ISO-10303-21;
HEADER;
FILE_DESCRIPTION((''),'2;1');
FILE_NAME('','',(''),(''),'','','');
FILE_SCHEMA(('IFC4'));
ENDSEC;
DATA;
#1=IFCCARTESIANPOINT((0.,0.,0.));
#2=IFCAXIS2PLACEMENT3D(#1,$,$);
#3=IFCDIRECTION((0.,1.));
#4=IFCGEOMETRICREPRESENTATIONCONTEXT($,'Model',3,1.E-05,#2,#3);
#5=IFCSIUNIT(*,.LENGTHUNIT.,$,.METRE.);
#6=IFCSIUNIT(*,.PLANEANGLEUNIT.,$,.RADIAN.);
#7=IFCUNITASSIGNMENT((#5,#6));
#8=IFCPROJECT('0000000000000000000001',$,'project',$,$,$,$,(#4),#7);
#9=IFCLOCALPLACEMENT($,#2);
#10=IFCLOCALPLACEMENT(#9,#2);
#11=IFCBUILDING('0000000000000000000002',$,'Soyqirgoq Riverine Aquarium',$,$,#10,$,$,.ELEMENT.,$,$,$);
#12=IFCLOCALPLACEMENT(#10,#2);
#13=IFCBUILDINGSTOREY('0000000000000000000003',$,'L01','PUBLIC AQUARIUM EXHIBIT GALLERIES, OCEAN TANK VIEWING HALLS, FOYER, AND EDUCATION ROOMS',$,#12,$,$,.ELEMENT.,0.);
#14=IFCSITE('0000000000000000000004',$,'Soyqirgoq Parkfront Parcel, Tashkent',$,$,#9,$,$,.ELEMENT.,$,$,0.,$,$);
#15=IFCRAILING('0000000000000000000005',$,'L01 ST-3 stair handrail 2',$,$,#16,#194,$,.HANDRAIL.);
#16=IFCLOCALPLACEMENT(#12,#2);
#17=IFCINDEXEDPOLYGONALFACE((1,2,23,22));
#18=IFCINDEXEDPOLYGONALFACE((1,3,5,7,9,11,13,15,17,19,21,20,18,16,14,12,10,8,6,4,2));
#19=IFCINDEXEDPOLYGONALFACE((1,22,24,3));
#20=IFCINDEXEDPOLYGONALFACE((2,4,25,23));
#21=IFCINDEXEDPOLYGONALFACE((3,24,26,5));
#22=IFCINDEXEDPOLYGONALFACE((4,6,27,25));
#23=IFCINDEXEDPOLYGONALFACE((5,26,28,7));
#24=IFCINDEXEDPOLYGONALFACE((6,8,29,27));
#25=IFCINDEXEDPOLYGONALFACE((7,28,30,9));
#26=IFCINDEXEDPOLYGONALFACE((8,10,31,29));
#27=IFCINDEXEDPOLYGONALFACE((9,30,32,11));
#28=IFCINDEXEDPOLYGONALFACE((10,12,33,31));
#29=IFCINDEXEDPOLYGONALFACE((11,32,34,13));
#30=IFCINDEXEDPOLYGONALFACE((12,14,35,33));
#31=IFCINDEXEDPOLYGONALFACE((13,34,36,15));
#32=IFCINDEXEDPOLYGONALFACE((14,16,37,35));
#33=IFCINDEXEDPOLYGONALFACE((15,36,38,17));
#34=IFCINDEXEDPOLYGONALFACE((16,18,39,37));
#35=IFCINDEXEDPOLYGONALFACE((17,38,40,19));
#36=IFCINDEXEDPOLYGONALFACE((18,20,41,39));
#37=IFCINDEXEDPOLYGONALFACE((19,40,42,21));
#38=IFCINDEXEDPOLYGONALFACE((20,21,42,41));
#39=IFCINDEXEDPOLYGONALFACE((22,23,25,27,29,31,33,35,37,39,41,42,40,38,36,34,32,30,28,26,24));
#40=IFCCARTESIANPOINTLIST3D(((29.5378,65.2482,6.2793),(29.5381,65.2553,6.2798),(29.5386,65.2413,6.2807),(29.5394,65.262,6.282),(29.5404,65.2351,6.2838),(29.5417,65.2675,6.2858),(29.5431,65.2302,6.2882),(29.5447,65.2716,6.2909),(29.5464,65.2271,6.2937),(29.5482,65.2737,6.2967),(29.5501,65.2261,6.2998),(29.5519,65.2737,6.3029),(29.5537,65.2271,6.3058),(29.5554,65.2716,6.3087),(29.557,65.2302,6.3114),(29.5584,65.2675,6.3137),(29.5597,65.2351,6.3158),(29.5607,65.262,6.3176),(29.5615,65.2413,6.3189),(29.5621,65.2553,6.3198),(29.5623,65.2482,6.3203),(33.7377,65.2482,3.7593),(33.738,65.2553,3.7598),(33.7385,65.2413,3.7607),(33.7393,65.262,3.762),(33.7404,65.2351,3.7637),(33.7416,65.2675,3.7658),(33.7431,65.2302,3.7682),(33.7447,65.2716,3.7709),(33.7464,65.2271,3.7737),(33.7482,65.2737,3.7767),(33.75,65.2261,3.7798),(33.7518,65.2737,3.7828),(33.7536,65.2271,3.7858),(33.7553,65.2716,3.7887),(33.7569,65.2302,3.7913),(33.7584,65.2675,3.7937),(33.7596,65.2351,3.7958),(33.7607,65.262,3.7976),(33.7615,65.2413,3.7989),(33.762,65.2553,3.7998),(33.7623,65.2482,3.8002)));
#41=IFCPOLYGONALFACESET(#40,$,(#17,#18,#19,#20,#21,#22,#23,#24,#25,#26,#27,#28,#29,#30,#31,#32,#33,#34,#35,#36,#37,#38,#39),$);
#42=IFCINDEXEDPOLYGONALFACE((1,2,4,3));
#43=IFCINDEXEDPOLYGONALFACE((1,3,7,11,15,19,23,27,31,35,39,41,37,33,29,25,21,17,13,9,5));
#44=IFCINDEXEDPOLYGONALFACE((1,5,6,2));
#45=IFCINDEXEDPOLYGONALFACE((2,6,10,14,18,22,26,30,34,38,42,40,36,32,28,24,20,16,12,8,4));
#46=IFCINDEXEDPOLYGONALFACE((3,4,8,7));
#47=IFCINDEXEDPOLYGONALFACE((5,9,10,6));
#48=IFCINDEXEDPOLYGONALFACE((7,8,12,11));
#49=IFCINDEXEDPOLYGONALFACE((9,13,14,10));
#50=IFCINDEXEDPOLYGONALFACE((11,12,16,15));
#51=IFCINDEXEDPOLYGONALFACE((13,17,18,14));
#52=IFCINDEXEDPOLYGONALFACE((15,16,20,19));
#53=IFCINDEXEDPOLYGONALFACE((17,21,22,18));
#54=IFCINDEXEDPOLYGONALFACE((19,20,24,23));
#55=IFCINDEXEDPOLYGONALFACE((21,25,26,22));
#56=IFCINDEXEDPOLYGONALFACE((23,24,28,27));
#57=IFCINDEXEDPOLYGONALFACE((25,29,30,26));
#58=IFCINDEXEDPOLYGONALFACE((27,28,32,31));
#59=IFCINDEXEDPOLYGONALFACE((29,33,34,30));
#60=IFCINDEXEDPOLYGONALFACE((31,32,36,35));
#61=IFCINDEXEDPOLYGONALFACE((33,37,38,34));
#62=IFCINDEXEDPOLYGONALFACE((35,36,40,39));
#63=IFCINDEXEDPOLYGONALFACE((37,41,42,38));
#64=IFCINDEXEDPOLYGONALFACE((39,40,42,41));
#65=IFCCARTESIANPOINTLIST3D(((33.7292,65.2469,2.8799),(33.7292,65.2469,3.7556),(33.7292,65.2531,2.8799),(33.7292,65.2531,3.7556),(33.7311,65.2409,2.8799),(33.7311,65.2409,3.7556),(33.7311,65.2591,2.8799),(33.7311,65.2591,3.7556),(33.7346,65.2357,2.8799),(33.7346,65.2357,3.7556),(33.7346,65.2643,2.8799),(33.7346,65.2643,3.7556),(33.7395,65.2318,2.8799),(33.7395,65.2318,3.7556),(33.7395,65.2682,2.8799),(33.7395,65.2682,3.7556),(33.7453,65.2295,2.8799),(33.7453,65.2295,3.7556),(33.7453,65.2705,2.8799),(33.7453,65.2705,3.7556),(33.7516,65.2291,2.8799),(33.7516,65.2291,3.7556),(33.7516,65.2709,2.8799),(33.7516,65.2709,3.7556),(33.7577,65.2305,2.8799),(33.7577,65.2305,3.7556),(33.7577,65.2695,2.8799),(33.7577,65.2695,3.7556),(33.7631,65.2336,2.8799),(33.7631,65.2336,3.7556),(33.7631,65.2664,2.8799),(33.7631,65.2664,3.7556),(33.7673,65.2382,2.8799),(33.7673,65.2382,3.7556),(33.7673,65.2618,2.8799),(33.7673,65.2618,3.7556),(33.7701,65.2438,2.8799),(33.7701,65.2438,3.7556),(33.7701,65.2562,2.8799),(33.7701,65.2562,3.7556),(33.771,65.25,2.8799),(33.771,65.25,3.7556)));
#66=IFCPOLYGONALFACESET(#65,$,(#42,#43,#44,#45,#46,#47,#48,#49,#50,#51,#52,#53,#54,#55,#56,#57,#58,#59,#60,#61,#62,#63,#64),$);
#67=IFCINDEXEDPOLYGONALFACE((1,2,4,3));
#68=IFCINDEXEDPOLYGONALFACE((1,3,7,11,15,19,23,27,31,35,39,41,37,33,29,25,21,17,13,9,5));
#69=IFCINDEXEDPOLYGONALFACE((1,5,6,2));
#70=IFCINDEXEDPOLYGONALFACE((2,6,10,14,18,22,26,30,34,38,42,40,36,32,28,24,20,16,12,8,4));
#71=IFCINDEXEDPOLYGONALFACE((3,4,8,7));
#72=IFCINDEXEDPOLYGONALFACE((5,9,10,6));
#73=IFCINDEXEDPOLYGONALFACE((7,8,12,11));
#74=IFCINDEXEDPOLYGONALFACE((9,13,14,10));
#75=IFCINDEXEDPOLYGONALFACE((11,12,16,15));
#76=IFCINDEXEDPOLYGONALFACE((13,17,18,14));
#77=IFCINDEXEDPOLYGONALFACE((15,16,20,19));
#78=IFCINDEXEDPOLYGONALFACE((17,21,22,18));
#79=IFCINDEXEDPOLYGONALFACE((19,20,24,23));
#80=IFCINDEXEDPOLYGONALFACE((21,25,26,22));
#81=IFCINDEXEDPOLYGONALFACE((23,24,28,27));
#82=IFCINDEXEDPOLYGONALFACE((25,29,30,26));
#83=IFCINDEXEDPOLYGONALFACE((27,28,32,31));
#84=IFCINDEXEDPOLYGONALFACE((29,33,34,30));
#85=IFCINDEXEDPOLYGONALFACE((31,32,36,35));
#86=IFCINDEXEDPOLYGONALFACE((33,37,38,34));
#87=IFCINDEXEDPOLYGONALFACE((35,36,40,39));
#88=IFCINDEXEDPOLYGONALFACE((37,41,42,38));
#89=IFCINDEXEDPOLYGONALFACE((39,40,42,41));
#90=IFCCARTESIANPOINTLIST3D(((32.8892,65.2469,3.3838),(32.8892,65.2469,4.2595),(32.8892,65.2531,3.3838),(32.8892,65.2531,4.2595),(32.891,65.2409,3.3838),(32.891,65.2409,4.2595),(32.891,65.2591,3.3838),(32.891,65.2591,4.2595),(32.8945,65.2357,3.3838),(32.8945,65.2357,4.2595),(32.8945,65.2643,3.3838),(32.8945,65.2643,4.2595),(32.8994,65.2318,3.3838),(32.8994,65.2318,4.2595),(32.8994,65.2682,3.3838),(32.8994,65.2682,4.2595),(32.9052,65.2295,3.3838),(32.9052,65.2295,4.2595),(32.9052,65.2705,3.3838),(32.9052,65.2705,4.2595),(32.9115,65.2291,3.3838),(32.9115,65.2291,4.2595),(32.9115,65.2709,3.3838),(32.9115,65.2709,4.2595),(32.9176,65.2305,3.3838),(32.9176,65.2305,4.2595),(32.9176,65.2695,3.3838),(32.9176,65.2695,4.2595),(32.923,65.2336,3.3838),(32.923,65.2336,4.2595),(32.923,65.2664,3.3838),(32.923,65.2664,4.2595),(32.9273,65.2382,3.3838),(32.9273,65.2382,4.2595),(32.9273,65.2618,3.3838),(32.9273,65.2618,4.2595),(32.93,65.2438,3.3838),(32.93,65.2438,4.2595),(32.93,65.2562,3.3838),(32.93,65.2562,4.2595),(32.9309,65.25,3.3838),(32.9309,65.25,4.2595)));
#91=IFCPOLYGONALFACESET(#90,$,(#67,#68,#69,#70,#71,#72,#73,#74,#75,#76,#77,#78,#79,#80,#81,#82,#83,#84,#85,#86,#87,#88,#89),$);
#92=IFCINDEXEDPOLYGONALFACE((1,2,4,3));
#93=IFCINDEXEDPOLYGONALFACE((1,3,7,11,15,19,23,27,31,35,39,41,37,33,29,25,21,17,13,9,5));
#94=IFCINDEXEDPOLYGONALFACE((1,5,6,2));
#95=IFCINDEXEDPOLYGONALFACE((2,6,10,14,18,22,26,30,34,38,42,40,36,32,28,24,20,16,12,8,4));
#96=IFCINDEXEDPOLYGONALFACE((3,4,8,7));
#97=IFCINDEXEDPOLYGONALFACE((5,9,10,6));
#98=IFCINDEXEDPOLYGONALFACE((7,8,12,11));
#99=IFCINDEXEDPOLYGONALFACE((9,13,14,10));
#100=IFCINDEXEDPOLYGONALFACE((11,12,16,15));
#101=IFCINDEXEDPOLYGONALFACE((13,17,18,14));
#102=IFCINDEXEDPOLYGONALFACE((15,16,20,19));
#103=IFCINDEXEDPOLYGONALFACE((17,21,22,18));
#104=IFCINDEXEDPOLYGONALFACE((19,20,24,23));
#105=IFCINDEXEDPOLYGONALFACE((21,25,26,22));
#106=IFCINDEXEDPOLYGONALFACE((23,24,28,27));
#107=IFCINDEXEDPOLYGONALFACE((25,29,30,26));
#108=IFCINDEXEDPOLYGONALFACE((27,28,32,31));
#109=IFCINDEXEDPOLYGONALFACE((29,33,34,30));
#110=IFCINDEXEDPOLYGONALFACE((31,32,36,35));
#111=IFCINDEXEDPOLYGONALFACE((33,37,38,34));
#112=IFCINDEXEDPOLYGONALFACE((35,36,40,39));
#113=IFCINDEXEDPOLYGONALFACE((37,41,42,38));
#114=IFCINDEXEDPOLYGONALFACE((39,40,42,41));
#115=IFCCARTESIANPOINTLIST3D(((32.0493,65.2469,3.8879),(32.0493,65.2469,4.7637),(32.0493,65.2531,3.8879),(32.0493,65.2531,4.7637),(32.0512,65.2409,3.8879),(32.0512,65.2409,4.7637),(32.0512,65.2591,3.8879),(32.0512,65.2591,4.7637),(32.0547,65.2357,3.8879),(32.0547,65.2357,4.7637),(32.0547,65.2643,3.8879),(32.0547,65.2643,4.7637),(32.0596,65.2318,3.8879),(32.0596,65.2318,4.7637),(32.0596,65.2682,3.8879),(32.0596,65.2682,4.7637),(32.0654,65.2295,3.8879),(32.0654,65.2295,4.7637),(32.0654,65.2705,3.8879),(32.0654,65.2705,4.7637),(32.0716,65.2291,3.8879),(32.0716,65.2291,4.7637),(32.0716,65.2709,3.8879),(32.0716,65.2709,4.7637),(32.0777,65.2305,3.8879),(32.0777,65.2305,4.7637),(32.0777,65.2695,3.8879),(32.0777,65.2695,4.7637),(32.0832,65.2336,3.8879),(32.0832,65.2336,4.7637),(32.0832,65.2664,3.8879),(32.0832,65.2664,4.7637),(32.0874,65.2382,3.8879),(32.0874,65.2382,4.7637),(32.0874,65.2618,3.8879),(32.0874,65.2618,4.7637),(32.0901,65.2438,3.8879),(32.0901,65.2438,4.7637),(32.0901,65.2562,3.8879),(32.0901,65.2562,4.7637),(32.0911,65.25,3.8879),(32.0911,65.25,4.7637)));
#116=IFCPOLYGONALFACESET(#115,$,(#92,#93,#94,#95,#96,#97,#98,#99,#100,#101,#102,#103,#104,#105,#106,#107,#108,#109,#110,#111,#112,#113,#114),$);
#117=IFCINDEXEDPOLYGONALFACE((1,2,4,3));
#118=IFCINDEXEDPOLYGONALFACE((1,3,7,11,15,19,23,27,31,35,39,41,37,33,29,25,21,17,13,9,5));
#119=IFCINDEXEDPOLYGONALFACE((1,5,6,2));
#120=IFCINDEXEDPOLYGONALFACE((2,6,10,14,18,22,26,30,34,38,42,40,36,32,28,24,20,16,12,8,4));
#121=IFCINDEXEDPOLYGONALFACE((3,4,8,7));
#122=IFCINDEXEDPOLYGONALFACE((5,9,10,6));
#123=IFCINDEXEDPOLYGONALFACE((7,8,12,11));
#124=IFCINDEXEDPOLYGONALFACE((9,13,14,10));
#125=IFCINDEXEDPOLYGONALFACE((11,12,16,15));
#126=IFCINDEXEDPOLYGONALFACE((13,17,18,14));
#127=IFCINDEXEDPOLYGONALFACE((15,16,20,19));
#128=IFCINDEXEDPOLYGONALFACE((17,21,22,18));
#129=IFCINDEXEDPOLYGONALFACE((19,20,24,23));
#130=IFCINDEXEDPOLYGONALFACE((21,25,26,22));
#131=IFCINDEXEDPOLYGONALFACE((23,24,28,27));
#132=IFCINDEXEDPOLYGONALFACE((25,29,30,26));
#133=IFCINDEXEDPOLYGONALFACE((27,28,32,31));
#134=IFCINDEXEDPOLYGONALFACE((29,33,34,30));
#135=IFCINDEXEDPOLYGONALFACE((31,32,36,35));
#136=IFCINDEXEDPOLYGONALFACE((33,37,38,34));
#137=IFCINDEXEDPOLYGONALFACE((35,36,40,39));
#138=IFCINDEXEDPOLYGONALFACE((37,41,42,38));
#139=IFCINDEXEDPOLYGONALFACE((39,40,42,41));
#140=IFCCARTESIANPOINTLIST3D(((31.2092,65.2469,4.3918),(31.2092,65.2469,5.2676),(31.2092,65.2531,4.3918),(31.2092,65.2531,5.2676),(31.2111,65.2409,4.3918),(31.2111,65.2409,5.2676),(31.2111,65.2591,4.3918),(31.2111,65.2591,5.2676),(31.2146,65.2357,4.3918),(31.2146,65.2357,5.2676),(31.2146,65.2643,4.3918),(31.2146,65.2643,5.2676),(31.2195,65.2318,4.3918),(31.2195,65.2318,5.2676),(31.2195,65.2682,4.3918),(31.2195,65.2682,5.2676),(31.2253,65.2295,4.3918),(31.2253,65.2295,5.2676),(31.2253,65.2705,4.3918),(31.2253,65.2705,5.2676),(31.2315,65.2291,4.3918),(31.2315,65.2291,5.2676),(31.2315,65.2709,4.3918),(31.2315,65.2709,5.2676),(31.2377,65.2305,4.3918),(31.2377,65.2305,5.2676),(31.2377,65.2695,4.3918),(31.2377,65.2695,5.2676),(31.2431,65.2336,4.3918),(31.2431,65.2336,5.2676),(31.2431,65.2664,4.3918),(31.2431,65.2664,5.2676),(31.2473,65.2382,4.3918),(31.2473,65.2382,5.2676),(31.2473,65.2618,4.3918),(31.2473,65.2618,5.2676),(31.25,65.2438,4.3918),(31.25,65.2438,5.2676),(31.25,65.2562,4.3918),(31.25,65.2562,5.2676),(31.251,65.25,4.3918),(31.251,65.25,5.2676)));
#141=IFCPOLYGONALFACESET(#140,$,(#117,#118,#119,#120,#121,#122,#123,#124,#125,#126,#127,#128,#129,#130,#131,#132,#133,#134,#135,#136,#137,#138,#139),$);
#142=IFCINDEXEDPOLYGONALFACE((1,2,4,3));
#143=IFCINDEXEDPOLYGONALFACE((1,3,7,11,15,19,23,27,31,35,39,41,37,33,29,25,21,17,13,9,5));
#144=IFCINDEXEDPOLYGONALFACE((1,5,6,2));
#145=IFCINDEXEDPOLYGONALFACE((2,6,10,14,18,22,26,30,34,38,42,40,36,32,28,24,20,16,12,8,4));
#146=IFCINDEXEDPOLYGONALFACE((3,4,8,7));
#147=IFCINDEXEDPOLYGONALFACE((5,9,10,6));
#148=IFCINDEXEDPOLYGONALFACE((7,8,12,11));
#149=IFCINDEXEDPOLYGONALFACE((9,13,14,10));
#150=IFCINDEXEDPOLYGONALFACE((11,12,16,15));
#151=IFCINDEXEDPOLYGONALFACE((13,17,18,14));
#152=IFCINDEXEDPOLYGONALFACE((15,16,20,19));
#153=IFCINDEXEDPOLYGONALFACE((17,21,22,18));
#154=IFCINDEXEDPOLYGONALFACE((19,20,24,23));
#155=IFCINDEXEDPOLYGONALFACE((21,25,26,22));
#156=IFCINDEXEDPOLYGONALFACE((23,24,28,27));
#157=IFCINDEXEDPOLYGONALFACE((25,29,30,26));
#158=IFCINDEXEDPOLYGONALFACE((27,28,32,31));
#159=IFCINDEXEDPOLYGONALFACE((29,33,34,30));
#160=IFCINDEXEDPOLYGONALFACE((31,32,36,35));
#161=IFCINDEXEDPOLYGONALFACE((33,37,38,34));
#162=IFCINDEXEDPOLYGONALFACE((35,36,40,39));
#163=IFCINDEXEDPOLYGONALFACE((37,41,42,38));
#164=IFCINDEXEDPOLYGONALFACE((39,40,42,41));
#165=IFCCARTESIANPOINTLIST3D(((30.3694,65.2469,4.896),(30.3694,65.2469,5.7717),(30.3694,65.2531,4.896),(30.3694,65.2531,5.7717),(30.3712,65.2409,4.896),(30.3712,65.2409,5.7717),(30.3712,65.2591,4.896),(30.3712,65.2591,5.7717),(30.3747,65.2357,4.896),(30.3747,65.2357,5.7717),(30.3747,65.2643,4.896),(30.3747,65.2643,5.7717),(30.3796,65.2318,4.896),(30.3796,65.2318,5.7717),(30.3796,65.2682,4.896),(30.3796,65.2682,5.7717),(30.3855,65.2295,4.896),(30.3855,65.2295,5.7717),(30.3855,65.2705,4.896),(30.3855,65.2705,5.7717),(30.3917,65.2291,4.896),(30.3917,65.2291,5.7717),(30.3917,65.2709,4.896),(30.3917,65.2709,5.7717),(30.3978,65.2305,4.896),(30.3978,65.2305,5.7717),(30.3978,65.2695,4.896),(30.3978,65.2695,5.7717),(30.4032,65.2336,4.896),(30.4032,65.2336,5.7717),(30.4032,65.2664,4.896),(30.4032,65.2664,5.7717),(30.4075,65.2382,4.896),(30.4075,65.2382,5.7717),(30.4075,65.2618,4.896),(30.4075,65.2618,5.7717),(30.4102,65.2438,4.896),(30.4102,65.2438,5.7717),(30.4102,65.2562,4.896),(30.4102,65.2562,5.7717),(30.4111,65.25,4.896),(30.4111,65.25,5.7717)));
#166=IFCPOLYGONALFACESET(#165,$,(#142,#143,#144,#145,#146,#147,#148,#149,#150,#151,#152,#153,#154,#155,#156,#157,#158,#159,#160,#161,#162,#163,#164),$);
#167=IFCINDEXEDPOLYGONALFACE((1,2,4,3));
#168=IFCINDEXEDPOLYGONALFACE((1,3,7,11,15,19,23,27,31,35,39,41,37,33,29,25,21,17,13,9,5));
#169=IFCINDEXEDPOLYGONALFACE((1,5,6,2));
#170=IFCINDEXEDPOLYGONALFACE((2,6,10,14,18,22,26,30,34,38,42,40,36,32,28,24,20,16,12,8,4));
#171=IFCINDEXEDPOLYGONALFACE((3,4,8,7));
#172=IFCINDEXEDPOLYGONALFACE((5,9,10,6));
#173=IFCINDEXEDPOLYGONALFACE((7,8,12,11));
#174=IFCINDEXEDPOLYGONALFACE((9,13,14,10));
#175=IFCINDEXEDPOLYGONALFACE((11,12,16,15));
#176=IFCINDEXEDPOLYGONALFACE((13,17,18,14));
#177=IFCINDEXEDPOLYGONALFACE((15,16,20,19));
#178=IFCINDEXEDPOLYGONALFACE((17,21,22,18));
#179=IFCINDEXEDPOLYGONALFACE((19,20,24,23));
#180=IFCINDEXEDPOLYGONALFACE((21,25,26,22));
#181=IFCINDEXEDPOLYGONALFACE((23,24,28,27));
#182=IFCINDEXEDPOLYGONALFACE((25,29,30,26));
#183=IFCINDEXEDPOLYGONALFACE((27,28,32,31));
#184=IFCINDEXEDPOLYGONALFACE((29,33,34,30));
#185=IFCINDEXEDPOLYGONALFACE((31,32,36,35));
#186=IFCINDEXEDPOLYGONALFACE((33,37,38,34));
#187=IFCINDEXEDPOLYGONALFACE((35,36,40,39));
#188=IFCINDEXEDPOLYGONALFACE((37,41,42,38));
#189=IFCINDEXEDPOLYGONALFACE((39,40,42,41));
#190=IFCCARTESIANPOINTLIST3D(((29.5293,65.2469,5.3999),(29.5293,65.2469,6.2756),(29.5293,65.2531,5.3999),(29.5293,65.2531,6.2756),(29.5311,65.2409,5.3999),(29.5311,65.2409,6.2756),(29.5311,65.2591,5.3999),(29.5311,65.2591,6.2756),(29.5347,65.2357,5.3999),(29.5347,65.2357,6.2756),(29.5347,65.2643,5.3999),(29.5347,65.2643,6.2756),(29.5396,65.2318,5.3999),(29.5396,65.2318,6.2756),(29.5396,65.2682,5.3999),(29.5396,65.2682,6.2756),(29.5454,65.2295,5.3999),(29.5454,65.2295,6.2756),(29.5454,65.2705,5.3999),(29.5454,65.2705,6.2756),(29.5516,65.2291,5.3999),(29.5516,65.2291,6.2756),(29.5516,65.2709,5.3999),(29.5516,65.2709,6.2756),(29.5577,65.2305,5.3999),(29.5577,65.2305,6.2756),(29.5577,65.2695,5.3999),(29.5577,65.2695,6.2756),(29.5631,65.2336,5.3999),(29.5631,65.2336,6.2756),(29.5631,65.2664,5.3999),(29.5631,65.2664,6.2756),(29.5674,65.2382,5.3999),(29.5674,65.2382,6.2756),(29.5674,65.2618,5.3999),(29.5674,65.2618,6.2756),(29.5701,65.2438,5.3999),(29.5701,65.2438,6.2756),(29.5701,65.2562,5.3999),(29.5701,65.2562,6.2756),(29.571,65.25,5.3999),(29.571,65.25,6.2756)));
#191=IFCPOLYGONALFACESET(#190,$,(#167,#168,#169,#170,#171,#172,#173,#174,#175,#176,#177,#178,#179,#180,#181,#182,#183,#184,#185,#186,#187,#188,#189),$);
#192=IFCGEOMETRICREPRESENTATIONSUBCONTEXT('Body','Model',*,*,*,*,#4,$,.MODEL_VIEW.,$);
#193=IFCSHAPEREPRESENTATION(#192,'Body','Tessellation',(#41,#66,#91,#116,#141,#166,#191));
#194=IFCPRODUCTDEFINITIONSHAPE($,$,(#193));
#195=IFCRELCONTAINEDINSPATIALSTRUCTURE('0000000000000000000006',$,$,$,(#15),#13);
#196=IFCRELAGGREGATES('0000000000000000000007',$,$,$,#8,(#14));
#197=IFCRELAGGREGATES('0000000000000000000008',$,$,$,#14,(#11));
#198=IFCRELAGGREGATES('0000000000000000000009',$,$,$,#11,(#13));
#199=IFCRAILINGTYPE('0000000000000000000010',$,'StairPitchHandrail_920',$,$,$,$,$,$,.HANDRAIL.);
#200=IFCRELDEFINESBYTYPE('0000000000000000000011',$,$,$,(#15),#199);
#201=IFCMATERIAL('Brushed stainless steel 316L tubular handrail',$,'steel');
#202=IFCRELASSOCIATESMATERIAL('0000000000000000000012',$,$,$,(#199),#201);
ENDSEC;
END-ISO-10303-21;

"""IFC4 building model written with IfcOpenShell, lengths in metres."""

from ifc_helpers import new_model, si_unit, direction, frame, origin, origin_2d, place, context, subcontext, project, spatial, circle, extrude, material, type_object, element, save


model = new_model("IFC4")

# Units and contexts
model_context = context("Model", 3, precision=1e-05, world=origin(), true_north=direction((0.0, 1.0)))
body_context = subcontext(model_context, "Body", "Model", "MODEL_VIEW")
ifc_project = project(units=[si_unit("LENGTHUNIT", "METRE"), si_unit("PLANEANGLEUNIT", "RADIAN")], contexts=[model_context])

# Site, building, storey
site_placement = place(None, origin())
site = spatial("IfcSite", under=ifc_project, at=site_placement, Name="Soyqirgoq Parkfront Parcel, Tashkent", CompositionType="ELEMENT", RefElevation=0.0)
building_placement = place(site_placement, origin())
building = spatial("IfcBuilding", under=site, at=building_placement, Name="Soyqirgoq Riverine Aquarium", CompositionType="ELEMENT")
storey_placement = place(building_placement, origin())
storey = spatial("IfcBuildingStorey", under=building, at=storey_placement, Name="L01", Description="PUBLIC AQUARIUM EXHIBIT GALLERIES, OCEAN TANK VIEWING HALLS, FOYER, AND EDUCATION ROOMS", CompositionType="ELEMENT", Elevation=0.0)

# Railing
ifc_material_1 = material(Name="Brushed stainless steel 316L tubular handrail", Category="steel")
railing_type_1 = type_object("IfcRailingType", Name="StairPitchHandrail_920", PredefinedType="HANDRAIL", material=ifc_material_1)
railing_1_placement = place(storey_placement, frame((33.75, 65.25, 2.8799)))
element("IfcRailing", 1, at=railing_1_placement, inside=storey, type_object=railing_type_1, Name="L01 ST-3 stair handrail 2", PredefinedType="HANDRAIL", context=body_context, shape_type="SweptSolid", body=[
    extrude(circle(Radius=0.0239, at=origin_2d()), frame((0.0, 0.0, 0.8999), z_axis=(-0.857489, 0.0, 0.514503), x_axis=(0.0, -1.0, 0.0)), (0.0, 0.0, 1.0), 4.8979),
    extrude(circle(Radius=0.021, at=origin_2d()), origin(), (0.0, 0.0, 1.0), 0.8757),
    extrude(circle(Radius=0.021, at=origin_2d()), frame((-0.8401, 0.0, 0.5039)), (0.0, 0.0, 1.0), 0.8757),
    extrude(circle(Radius=0.021, at=origin_2d()), frame((-1.6799, 0.0, 1.0081)), (0.0, 0.0, 1.0), 0.8757),
    extrude(circle(Radius=0.021, at=origin_2d()), frame((-2.52, 0.0, 1.512)), (0.0, 0.0, 1.0), 0.8757),
    extrude(circle(Radius=0.021, at=origin_2d()), frame((-3.3599, 0.0, 2.0161)), (0.0, 0.0, 1.0), 0.8757),
    extrude(circle(Radius=0.021, at=origin_2d()), frame((-4.2, 0.0, 2.52)), (0.0, 0.0, 1.0), 0.8757),
])

save(model, "model.ifc")
